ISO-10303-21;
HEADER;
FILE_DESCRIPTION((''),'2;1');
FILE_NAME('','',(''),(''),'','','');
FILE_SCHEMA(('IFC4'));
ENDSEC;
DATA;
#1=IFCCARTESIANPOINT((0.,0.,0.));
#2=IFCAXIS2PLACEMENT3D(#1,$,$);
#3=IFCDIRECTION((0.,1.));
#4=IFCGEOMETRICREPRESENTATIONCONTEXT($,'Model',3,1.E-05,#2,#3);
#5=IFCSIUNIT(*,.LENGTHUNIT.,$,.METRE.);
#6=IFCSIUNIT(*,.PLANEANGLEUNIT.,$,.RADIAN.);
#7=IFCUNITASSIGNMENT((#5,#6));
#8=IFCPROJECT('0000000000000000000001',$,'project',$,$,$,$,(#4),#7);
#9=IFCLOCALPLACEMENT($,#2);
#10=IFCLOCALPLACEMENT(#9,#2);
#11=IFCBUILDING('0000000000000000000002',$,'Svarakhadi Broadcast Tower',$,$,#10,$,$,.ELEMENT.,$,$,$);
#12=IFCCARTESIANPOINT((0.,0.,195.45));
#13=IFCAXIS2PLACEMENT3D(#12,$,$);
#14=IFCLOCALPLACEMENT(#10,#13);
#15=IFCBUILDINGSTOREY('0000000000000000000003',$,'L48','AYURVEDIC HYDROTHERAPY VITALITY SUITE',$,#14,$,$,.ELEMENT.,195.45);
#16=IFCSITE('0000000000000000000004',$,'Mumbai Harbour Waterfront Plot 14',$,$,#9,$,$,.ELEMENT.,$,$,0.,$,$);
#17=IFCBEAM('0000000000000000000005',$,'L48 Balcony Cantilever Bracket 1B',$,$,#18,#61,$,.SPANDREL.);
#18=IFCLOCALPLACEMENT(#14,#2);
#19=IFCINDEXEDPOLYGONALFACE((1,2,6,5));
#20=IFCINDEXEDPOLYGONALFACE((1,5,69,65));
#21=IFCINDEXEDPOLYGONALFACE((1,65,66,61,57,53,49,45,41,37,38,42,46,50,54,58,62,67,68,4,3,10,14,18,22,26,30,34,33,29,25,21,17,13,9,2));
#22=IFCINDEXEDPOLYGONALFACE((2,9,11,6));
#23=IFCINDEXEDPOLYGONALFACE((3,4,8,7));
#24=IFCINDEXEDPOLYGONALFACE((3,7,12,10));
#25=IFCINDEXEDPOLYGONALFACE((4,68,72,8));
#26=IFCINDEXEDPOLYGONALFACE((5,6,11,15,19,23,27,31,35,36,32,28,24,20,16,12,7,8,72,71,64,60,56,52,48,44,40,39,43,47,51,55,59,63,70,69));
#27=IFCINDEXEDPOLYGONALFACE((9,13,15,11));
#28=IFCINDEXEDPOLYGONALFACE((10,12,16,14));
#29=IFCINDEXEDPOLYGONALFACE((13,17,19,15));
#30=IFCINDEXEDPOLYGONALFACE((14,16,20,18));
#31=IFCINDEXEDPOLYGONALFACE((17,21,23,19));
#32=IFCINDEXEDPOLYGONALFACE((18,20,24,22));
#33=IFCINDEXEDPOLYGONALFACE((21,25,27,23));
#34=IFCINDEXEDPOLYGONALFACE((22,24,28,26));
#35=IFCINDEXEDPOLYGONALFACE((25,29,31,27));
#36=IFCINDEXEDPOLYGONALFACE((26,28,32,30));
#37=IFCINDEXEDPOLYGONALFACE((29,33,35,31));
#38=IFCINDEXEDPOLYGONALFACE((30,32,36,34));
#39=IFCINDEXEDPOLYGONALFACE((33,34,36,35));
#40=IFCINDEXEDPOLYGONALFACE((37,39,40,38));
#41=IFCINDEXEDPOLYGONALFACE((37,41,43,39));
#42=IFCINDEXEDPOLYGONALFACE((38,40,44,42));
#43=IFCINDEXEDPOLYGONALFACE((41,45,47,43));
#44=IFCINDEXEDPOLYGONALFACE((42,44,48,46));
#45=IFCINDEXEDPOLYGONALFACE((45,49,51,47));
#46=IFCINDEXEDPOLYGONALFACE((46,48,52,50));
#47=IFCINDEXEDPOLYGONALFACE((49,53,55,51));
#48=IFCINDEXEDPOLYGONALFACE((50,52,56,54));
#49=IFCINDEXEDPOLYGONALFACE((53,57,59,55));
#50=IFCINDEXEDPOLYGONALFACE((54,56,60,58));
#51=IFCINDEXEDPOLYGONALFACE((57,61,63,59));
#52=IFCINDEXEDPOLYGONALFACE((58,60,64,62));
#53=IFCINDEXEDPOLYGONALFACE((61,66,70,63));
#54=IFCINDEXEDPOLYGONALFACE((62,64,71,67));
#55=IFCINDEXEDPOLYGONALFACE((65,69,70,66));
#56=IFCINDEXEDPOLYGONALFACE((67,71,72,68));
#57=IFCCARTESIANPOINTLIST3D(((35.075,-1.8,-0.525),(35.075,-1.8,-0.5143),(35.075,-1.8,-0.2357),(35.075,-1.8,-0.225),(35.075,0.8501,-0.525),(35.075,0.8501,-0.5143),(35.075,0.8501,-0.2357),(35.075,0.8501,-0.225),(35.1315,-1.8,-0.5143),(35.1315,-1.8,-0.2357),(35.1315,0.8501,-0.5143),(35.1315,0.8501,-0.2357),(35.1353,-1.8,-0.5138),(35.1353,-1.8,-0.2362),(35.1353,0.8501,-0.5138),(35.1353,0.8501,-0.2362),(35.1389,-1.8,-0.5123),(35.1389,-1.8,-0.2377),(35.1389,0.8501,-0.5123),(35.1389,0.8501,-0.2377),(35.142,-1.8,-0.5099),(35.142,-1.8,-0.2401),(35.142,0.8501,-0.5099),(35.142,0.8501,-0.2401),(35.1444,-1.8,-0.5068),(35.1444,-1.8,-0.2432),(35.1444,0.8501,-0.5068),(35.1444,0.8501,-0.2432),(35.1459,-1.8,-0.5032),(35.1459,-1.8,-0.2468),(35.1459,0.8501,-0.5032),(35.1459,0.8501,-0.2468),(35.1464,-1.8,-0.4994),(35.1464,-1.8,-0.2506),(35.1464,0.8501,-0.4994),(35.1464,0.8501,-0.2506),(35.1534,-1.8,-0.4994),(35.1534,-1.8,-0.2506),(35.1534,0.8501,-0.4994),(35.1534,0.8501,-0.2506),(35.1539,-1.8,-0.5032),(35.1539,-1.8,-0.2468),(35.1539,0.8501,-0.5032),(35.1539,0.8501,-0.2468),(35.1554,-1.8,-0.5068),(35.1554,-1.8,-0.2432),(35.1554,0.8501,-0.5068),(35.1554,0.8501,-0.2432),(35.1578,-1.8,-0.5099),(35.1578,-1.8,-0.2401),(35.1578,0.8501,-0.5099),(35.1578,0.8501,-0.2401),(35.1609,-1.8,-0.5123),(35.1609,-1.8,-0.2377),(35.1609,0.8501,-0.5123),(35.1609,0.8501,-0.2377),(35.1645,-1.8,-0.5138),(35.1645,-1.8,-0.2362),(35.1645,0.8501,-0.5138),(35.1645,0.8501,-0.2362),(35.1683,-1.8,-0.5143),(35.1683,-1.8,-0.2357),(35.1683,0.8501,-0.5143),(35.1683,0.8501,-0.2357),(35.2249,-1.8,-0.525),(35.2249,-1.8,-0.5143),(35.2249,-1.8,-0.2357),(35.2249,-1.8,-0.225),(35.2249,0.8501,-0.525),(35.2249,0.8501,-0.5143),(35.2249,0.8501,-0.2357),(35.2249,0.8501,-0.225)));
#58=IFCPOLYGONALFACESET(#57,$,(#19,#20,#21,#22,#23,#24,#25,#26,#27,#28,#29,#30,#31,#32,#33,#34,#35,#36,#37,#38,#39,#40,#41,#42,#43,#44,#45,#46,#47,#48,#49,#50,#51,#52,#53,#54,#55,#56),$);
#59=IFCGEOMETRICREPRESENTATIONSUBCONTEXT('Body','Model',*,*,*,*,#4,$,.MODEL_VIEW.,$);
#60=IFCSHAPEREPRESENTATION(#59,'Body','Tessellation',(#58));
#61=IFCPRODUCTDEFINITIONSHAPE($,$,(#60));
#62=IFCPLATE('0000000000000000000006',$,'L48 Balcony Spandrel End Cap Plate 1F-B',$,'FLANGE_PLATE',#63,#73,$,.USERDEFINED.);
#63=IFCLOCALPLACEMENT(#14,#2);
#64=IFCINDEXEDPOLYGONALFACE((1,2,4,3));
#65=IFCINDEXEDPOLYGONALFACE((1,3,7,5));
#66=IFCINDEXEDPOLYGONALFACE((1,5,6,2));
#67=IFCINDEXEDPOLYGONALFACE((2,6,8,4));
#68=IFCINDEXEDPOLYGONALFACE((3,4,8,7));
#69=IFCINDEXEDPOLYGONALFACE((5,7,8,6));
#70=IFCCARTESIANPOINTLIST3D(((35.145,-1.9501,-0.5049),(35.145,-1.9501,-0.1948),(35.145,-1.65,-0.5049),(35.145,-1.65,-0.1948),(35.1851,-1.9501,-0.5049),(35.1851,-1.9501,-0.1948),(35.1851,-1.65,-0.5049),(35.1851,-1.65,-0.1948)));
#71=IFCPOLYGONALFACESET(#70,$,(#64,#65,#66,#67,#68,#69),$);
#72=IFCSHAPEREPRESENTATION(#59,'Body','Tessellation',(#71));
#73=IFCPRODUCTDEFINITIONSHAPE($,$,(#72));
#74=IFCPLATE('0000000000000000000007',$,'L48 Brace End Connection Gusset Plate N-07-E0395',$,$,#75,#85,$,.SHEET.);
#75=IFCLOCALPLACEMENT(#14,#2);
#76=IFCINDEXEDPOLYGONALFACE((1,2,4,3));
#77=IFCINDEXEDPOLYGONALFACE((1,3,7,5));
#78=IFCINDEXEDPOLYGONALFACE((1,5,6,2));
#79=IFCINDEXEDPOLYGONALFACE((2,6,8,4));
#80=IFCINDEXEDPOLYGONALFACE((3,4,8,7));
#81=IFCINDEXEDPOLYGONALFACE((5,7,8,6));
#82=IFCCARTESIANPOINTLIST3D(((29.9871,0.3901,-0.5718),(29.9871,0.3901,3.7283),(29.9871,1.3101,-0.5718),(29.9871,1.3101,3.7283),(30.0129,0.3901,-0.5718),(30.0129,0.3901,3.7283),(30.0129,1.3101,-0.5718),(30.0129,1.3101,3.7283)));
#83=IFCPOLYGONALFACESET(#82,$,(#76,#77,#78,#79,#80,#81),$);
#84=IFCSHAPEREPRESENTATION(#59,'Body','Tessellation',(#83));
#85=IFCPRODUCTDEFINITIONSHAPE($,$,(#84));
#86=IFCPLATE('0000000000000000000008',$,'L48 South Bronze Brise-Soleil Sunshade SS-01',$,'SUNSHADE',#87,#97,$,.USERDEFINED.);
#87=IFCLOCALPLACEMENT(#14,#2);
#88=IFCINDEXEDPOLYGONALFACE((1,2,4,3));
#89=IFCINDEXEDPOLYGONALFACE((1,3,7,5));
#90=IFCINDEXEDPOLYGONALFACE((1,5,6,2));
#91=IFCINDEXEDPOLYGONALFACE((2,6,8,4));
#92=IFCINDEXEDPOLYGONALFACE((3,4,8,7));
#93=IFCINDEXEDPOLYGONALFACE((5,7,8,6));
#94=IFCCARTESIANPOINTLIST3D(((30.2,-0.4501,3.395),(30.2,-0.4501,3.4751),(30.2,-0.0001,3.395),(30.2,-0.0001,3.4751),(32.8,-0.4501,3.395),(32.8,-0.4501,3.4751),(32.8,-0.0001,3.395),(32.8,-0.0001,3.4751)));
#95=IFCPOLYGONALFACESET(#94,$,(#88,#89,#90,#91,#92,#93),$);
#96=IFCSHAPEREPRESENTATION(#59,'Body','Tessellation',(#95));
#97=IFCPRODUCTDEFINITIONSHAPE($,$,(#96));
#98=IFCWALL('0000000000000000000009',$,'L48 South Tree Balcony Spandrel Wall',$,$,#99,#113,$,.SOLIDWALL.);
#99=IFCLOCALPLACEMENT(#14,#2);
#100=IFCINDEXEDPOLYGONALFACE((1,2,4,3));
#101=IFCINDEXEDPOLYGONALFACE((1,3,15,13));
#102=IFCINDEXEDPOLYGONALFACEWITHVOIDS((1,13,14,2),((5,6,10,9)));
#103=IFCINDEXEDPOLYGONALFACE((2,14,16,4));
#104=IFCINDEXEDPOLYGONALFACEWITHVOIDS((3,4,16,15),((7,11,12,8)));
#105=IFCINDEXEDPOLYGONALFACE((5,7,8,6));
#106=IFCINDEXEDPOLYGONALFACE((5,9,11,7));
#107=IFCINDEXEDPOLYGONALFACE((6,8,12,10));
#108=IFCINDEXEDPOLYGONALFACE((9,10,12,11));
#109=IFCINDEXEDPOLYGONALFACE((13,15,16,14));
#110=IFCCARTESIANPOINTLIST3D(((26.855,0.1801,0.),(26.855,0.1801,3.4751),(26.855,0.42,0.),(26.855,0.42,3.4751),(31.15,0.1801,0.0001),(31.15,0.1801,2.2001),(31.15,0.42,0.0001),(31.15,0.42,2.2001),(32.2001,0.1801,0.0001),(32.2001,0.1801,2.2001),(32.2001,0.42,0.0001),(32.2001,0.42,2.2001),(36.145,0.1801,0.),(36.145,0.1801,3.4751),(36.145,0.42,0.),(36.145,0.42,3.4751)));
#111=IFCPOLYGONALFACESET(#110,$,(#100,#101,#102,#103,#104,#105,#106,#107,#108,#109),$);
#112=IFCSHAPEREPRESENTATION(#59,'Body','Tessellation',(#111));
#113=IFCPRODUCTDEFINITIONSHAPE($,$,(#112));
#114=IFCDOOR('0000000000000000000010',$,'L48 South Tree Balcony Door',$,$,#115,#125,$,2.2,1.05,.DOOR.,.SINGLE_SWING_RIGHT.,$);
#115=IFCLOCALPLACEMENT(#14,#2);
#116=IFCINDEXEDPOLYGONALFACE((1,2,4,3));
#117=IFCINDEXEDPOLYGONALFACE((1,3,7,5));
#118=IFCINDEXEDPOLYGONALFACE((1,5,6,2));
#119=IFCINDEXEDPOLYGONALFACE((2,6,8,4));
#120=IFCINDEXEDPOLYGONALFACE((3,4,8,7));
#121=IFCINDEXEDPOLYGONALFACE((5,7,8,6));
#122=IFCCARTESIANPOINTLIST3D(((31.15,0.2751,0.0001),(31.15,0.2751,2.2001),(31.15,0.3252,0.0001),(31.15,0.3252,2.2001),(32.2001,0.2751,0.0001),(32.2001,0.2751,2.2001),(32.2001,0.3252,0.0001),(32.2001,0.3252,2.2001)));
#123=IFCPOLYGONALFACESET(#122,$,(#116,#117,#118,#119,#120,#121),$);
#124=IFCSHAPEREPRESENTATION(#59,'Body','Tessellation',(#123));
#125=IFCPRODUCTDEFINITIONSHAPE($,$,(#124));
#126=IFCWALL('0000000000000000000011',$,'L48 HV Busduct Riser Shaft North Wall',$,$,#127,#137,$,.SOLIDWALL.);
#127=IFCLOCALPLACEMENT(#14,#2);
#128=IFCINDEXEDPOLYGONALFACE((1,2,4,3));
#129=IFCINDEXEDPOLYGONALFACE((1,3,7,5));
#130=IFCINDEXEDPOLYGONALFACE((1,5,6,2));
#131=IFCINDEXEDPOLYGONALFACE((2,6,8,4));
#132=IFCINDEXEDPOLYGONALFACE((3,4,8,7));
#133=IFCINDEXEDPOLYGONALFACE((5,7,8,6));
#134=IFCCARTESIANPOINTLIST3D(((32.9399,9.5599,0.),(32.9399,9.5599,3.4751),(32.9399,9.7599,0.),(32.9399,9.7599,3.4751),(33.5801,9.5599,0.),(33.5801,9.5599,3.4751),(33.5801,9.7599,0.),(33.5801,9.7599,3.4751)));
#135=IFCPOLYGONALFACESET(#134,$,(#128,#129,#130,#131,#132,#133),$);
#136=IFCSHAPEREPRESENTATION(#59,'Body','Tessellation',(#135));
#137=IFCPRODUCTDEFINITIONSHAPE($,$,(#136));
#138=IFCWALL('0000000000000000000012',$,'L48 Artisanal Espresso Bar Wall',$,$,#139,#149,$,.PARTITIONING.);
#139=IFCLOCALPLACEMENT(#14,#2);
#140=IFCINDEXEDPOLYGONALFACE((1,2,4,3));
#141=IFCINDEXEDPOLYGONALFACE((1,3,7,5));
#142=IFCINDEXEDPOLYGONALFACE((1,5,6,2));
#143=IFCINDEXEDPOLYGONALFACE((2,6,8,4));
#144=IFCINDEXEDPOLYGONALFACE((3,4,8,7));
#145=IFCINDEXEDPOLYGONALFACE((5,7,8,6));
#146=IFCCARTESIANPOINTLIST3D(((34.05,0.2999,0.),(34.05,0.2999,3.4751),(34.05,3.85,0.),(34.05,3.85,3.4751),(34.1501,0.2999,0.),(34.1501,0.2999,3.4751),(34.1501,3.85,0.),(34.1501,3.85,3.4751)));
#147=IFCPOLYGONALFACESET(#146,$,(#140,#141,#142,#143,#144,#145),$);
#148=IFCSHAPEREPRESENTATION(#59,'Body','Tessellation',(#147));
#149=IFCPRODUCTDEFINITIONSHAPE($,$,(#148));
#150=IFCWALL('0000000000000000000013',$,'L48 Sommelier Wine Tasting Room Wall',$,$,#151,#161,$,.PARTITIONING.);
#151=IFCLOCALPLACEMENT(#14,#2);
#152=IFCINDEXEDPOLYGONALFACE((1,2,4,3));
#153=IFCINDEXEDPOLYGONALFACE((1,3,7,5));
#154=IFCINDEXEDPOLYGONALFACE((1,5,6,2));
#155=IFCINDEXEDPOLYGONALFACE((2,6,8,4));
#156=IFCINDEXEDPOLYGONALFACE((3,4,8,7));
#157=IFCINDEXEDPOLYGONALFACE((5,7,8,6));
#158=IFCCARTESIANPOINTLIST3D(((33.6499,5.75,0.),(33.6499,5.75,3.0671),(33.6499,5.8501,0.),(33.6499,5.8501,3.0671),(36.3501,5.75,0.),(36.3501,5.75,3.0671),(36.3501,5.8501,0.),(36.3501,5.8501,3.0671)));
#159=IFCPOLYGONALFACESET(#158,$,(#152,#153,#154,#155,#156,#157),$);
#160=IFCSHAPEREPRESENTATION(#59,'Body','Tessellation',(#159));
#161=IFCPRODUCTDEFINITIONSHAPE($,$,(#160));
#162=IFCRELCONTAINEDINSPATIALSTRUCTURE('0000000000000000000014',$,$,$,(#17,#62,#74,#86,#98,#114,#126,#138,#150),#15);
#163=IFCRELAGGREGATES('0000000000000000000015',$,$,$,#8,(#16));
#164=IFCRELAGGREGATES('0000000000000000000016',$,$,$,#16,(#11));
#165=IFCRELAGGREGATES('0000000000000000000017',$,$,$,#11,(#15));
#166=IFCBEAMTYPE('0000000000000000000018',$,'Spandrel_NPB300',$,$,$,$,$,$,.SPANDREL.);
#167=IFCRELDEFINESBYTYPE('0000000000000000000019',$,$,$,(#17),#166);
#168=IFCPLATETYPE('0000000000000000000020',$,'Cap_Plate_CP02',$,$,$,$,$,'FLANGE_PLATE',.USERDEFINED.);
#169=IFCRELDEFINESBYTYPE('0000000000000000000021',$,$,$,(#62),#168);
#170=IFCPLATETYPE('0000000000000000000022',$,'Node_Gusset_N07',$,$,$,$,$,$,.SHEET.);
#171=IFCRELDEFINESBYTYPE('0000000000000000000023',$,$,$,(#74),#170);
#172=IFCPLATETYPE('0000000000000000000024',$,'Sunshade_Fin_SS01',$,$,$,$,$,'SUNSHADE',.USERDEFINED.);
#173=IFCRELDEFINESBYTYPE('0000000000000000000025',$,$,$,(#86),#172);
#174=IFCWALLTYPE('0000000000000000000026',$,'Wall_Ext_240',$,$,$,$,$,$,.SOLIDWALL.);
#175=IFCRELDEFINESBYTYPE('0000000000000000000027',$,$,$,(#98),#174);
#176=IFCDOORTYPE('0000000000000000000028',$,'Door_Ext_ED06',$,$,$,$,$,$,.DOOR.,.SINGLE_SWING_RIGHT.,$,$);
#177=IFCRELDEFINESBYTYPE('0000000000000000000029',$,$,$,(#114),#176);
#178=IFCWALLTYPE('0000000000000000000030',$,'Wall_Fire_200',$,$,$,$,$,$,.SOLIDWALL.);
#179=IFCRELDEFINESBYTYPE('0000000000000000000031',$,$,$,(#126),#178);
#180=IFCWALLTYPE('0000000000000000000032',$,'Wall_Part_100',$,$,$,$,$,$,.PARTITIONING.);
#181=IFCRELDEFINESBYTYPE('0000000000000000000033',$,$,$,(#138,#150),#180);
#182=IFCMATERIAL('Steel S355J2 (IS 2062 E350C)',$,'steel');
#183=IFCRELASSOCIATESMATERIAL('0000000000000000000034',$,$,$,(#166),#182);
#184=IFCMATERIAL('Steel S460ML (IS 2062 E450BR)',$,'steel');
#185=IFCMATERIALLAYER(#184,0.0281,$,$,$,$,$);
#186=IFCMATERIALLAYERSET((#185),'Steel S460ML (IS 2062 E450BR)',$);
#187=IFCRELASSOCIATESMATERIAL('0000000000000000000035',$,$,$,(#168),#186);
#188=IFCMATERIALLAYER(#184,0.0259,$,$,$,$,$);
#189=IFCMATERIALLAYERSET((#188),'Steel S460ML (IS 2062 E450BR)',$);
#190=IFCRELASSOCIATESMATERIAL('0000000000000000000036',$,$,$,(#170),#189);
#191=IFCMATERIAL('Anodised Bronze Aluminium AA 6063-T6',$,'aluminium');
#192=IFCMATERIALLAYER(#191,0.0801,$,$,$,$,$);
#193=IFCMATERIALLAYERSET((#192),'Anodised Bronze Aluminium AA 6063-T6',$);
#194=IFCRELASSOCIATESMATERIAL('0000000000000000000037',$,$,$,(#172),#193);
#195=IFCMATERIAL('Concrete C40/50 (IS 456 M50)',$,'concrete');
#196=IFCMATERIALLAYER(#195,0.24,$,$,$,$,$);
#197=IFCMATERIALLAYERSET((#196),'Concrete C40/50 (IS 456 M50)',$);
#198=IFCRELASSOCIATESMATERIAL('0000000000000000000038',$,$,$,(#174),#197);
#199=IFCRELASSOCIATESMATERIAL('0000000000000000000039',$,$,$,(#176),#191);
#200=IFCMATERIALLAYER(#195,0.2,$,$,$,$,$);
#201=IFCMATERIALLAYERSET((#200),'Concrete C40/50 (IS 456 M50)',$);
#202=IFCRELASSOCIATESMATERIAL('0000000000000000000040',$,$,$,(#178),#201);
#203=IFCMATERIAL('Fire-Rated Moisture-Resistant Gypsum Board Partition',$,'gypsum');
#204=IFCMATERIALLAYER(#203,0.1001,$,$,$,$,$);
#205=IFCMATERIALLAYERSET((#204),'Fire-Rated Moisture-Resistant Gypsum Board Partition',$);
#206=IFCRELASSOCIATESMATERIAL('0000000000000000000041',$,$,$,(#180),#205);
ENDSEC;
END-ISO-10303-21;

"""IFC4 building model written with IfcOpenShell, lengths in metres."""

from ifc_helpers import new_model, si_unit, direction, frame, frame_2d, origin, origin_2d, place, context, subcontext, project, spatial, rectangle, i_section, extrude, material, layer, layer_set, material_profile, profile_set, type_object, element, fill, save


model = new_model("IFC4")

# Units and contexts
model_context = context("Model", 3, precision=1e-05, world=origin(), true_north=direction((0.0, 1.0)))
body_context = subcontext(model_context, "Body", "Model", "MODEL_VIEW")
ifc_project = project(units=[si_unit("LENGTHUNIT", "METRE"), si_unit("PLANEANGLEUNIT", "RADIAN")], contexts=[model_context])

# Site, building, storey
site_placement = place(None, origin())
site = spatial("IfcSite", under=ifc_project, at=site_placement, Name="Mumbai Harbour Waterfront Plot 14", CompositionType="ELEMENT", RefElevation=0.0)
building_placement = place(site_placement, origin())
building = spatial("IfcBuilding", under=site, at=building_placement, Name="Svarakhadi Broadcast Tower", CompositionType="ELEMENT")
storey_placement = place(building_placement, frame((0.0, 0.0, 195.45)))
storey = spatial("IfcBuildingStorey", under=building, at=storey_placement, Name="L48", Description="AYURVEDIC HYDROTHERAPY VITALITY SUITE", CompositionType="ELEMENT", Elevation=195.45)

# Shared definitions
ifc_material_1 = material(Name="Steel S460ML (IS 2062 E450BR)", Category="steel")

# Shared definitions
ifc_material_2 = material(Name="Steel S355J2 (IS 2062 E350C)", Category="steel")

# Shared definitions
ifc_material_3 = material(Name="Anodised Bronze Aluminium AA 6063-T6", Category="aluminium")

# Beam
ifc_material_profile_1 = material_profile(ifc_material_2, i_section(OverallWidth=0.1499, OverallDepth=0.3, WebThickness=0.0071, FlangeThickness=0.0107, FilletRadius=0.0149, at=origin_2d()), Name="NPB 300x150x37")
ifc_profile_set_1 = profile_set([ifc_material_profile_1], Name="Steel S355J2 (IS 2062 E350C)")
beam_type_1 = type_object("IfcBeamType", Name="Spandrel_NPB300", PredefinedType="SPANDREL", material=ifc_profile_set_1)
beam_1_placement = place(storey_placement, frame((35.1499, 0.8501, -0.375), z_axis=(0.0, -1.0, 0.0), x_axis=(1.0, 0.0, 0.0)))
element("IfcBeam", 1, at=beam_1_placement, inside=storey, type_object=beam_type_1, Name="L48 Balcony Cantilever Bracket 1B", PredefinedType="SPANDREL", context=body_context, shape_type="SweptSolid", body=[
    extrude(i_section(OverallWidth=0.1499, OverallDepth=0.3, WebThickness=0.0071, FlangeThickness=0.0107, FilletRadius=0.0149, at=origin_2d()), origin(), (0.0, 0.0, 1.0), 2.6501),
])

# Plates
ifc_layer_1 = layer(ifc_material_1, 0.0281)
ifc_layer_set_1 = layer_set([ifc_layer_1], Name="Steel S460ML (IS 2062 E450BR)")
plate_type_1 = type_object("IfcPlateType", Name="Cap_Plate_CP02", ElementType="FLANGE_PLATE", PredefinedType="USERDEFINED", material=ifc_layer_set_1)
plate_1_placement = place(storey_placement, frame((35.165, -1.8, -0.5049), z_axis=(0.0, 0.0, 1.0), x_axis=(1.0, 0.0, 0.0)))
element("IfcPlate", 2, at=plate_1_placement, inside=storey, type_object=plate_type_1, Name="L48 Balcony Spandrel End Cap Plate 1F-B", ObjectType="FLANGE_PLATE", PredefinedType="USERDEFINED", context=body_context, shape_type="SweptSolid", body=[
    extrude(rectangle(XDim=0.04, YDim=0.3, at=origin_2d()), origin(), (0.0, 0.0, 1.0), 0.3101),
])
ifc_layer_2 = layer(ifc_material_1, 0.0259)
ifc_layer_set_2 = layer_set([ifc_layer_2], Name="Steel S460ML (IS 2062 E450BR)")
plate_type_2 = type_object("IfcPlateType", Name="Node_Gusset_N07", PredefinedType="SHEET", material=ifc_layer_set_2)
plate_2_placement = place(storey_placement, frame((30.0, 0.8501, -0.5718), z_axis=(0.0, 0.0, 1.0), x_axis=(0.0, 1.0, 0.0)))
element("IfcPlate", 3, at=plate_2_placement, inside=storey, type_object=plate_type_2, Name="L48 Brace End Connection Gusset Plate N-07-E0395", PredefinedType="SHEET", context=body_context, shape_type="SweptSolid", body=[
    extrude(rectangle(XDim=0.9199, YDim=0.0259, at=origin_2d()), origin(), (0.0, 0.0, 1.0), 4.3),
])
ifc_layer_3 = layer(ifc_material_3, 0.0801)
ifc_layer_set_3 = layer_set([ifc_layer_3], Name="Anodised Bronze Aluminium AA 6063-T6")
plate_type_3 = type_object("IfcPlateType", Name="Sunshade_Fin_SS01", ElementType="SUNSHADE", PredefinedType="USERDEFINED", material=ifc_layer_set_3)
plate_3_placement = place(storey_placement, frame((31.5, -0.2251, 3.395), z_axis=(0.0, 0.0, 1.0), x_axis=(1.0, 0.0, 0.0)))
element("IfcPlate", 4, at=plate_3_placement, inside=storey, type_object=plate_type_3, Name="L48 South Bronze Brise-Soleil Sunshade SS-01", ObjectType="SUNSHADE", PredefinedType="USERDEFINED", context=body_context, shape_type="SweptSolid", body=[
    extrude(rectangle(XDim=2.6001, YDim=0.45, at=origin_2d()), origin(), (0.0, 0.0, 1.0), 0.0801),
])

# Wall, opening, door
ifc_material_4 = material(Name="Concrete C40/50 (IS 456 M50)", Category="concrete")
ifc_layer_4 = layer(ifc_material_4, 0.24)
ifc_layer_set_4 = layer_set([ifc_layer_4], Name="Concrete C40/50 (IS 456 M50)")
wall_type_1 = type_object("IfcWallType", Name="Wall_Ext_240", PredefinedType="SOLIDWALL", material=ifc_layer_set_4)
wall_1_placement = place(storey_placement, frame((36.145, 0.3, 0.0), z_axis=(0.0, 0.0, 1.0), x_axis=(-1.0, 0.0, 0.0)))
wall_1 = element("IfcWall", 5, at=wall_1_placement, inside=storey, type_object=wall_type_1, Name="L48 South Tree Balcony Spandrel Wall", PredefinedType="SOLIDWALL", context=body_context, shape_type="SweptSolid", body=[
    extrude(rectangle(XDim=9.29, YDim=0.24, at=frame_2d((4.645, 0.0))), origin(), (0.0, 0.0, 1.0), 3.4751),
])
opening_1_placement = place(wall_1_placement, frame((3.9451, 0.0, 0.0)))
opening_1 = element("IfcOpeningElement", 6, at=opening_1_placement, cuts=wall_1, PredefinedType="OPENING", context=body_context, shape_type="SweptSolid", body=[
    extrude(rectangle(XDim=1.05, YDim=2.2, at=frame_2d((0.5249, 1.1001))), frame((0.0, 0.1299, 0.0), z_axis=(0.0, -1.0, 0.0), x_axis=(1.0, 0.0, 0.0)), (0.0, 0.0, 1.0), 0.26),
])
door_type_1 = type_object("IfcDoorType", Name="Door_Ext_ED06", OperationType="SINGLE_SWING_RIGHT", PredefinedType="DOOR", material=ifc_material_3)
door_1_placement = place(opening_1_placement, origin())
door_1 = element("IfcDoor", 7, at=door_1_placement, inside=storey, type_object=door_type_1, Name="L48 South Tree Balcony Door", OperationType="SINGLE_SWING_RIGHT", OverallHeight=2.2, OverallWidth=1.05, PredefinedType="DOOR", context=body_context, shape_type="SweptSolid", body=[
    extrude(rectangle(XDim=1.05, YDim=2.2, at=frame_2d((0.5249, 1.1001))), frame((0.0, 0.0249, 0.0), z_axis=(0.0, -1.0, 0.0), x_axis=(1.0, 0.0, 0.0)), (0.0, 0.0, 1.0), 0.05),
])
fill(opening_1, door_1)

# Walls
ifc_layer_5 = layer(ifc_material_4, 0.2)
ifc_layer_set_5 = layer_set([ifc_layer_5], Name="Concrete C40/50 (IS 456 M50)")
wall_type_2 = type_object("IfcWallType", Name="Wall_Fire_200", PredefinedType="SOLIDWALL", material=ifc_layer_set_5)
wall_2_placement = place(storey_placement, frame((32.9399, 9.6599, 0.0), z_axis=(0.0, 0.0, 1.0), x_axis=(1.0, 0.0, 0.0)))
element("IfcWall", 8, at=wall_2_placement, inside=storey, type_object=wall_type_2, Name="L48 HV Busduct Riser Shaft North Wall", PredefinedType="SOLIDWALL", context=body_context, shape_type="SweptSolid", body=[
    extrude(rectangle(XDim=0.6401, YDim=0.2, at=frame_2d((0.3201, 0.0))), origin(), (0.0, 0.0, 1.0), 3.4751),
])
ifc_material_5 = material(Name="Fire-Rated Moisture-Resistant Gypsum Board Partition", Category="gypsum")
ifc_layer_6 = layer(ifc_material_5, 0.1001)
ifc_layer_set_6 = layer_set([ifc_layer_6], Name="Fire-Rated Moisture-Resistant Gypsum Board Partition")
wall_type_3 = type_object("IfcWallType", Name="Wall_Part_100", PredefinedType="PARTITIONING", material=ifc_layer_set_6)
wall_3_placement = place(storey_placement, frame((34.1001, 0.3, 0.0), z_axis=(0.0, 0.0, 1.0), x_axis=(0.0, 1.0, 0.0)))
element("IfcWall", 9, at=wall_3_placement, inside=storey, type_object=wall_type_3, Name="L48 Artisanal Espresso Bar Wall", PredefinedType="PARTITIONING", context=body_context, shape_type="SweptSolid", body=[
    extrude(rectangle(XDim=3.55, YDim=0.1001, at=frame_2d((1.7749, 0.0))), origin(), (0.0, 0.0, 1.0), 3.4751),
])
wall_4_placement = place(storey_placement, frame((33.6499, 5.8, 0.0), z_axis=(0.0, 0.0, 1.0), x_axis=(1.0, 0.0, 0.0)))
element("IfcWall", 10, at=wall_4_placement, inside=storey, type_object=wall_type_3, Name="L48 Sommelier Wine Tasting Room Wall", PredefinedType="PARTITIONING", context=body_context, shape_type="SweptSolid", body=[
    extrude(rectangle(XDim=2.7002, YDim=0.1001, at=frame_2d((1.3501, 0.0))), origin(), (0.0, 0.0, 1.0), 3.0671),
])

save(model, "model.ifc")
